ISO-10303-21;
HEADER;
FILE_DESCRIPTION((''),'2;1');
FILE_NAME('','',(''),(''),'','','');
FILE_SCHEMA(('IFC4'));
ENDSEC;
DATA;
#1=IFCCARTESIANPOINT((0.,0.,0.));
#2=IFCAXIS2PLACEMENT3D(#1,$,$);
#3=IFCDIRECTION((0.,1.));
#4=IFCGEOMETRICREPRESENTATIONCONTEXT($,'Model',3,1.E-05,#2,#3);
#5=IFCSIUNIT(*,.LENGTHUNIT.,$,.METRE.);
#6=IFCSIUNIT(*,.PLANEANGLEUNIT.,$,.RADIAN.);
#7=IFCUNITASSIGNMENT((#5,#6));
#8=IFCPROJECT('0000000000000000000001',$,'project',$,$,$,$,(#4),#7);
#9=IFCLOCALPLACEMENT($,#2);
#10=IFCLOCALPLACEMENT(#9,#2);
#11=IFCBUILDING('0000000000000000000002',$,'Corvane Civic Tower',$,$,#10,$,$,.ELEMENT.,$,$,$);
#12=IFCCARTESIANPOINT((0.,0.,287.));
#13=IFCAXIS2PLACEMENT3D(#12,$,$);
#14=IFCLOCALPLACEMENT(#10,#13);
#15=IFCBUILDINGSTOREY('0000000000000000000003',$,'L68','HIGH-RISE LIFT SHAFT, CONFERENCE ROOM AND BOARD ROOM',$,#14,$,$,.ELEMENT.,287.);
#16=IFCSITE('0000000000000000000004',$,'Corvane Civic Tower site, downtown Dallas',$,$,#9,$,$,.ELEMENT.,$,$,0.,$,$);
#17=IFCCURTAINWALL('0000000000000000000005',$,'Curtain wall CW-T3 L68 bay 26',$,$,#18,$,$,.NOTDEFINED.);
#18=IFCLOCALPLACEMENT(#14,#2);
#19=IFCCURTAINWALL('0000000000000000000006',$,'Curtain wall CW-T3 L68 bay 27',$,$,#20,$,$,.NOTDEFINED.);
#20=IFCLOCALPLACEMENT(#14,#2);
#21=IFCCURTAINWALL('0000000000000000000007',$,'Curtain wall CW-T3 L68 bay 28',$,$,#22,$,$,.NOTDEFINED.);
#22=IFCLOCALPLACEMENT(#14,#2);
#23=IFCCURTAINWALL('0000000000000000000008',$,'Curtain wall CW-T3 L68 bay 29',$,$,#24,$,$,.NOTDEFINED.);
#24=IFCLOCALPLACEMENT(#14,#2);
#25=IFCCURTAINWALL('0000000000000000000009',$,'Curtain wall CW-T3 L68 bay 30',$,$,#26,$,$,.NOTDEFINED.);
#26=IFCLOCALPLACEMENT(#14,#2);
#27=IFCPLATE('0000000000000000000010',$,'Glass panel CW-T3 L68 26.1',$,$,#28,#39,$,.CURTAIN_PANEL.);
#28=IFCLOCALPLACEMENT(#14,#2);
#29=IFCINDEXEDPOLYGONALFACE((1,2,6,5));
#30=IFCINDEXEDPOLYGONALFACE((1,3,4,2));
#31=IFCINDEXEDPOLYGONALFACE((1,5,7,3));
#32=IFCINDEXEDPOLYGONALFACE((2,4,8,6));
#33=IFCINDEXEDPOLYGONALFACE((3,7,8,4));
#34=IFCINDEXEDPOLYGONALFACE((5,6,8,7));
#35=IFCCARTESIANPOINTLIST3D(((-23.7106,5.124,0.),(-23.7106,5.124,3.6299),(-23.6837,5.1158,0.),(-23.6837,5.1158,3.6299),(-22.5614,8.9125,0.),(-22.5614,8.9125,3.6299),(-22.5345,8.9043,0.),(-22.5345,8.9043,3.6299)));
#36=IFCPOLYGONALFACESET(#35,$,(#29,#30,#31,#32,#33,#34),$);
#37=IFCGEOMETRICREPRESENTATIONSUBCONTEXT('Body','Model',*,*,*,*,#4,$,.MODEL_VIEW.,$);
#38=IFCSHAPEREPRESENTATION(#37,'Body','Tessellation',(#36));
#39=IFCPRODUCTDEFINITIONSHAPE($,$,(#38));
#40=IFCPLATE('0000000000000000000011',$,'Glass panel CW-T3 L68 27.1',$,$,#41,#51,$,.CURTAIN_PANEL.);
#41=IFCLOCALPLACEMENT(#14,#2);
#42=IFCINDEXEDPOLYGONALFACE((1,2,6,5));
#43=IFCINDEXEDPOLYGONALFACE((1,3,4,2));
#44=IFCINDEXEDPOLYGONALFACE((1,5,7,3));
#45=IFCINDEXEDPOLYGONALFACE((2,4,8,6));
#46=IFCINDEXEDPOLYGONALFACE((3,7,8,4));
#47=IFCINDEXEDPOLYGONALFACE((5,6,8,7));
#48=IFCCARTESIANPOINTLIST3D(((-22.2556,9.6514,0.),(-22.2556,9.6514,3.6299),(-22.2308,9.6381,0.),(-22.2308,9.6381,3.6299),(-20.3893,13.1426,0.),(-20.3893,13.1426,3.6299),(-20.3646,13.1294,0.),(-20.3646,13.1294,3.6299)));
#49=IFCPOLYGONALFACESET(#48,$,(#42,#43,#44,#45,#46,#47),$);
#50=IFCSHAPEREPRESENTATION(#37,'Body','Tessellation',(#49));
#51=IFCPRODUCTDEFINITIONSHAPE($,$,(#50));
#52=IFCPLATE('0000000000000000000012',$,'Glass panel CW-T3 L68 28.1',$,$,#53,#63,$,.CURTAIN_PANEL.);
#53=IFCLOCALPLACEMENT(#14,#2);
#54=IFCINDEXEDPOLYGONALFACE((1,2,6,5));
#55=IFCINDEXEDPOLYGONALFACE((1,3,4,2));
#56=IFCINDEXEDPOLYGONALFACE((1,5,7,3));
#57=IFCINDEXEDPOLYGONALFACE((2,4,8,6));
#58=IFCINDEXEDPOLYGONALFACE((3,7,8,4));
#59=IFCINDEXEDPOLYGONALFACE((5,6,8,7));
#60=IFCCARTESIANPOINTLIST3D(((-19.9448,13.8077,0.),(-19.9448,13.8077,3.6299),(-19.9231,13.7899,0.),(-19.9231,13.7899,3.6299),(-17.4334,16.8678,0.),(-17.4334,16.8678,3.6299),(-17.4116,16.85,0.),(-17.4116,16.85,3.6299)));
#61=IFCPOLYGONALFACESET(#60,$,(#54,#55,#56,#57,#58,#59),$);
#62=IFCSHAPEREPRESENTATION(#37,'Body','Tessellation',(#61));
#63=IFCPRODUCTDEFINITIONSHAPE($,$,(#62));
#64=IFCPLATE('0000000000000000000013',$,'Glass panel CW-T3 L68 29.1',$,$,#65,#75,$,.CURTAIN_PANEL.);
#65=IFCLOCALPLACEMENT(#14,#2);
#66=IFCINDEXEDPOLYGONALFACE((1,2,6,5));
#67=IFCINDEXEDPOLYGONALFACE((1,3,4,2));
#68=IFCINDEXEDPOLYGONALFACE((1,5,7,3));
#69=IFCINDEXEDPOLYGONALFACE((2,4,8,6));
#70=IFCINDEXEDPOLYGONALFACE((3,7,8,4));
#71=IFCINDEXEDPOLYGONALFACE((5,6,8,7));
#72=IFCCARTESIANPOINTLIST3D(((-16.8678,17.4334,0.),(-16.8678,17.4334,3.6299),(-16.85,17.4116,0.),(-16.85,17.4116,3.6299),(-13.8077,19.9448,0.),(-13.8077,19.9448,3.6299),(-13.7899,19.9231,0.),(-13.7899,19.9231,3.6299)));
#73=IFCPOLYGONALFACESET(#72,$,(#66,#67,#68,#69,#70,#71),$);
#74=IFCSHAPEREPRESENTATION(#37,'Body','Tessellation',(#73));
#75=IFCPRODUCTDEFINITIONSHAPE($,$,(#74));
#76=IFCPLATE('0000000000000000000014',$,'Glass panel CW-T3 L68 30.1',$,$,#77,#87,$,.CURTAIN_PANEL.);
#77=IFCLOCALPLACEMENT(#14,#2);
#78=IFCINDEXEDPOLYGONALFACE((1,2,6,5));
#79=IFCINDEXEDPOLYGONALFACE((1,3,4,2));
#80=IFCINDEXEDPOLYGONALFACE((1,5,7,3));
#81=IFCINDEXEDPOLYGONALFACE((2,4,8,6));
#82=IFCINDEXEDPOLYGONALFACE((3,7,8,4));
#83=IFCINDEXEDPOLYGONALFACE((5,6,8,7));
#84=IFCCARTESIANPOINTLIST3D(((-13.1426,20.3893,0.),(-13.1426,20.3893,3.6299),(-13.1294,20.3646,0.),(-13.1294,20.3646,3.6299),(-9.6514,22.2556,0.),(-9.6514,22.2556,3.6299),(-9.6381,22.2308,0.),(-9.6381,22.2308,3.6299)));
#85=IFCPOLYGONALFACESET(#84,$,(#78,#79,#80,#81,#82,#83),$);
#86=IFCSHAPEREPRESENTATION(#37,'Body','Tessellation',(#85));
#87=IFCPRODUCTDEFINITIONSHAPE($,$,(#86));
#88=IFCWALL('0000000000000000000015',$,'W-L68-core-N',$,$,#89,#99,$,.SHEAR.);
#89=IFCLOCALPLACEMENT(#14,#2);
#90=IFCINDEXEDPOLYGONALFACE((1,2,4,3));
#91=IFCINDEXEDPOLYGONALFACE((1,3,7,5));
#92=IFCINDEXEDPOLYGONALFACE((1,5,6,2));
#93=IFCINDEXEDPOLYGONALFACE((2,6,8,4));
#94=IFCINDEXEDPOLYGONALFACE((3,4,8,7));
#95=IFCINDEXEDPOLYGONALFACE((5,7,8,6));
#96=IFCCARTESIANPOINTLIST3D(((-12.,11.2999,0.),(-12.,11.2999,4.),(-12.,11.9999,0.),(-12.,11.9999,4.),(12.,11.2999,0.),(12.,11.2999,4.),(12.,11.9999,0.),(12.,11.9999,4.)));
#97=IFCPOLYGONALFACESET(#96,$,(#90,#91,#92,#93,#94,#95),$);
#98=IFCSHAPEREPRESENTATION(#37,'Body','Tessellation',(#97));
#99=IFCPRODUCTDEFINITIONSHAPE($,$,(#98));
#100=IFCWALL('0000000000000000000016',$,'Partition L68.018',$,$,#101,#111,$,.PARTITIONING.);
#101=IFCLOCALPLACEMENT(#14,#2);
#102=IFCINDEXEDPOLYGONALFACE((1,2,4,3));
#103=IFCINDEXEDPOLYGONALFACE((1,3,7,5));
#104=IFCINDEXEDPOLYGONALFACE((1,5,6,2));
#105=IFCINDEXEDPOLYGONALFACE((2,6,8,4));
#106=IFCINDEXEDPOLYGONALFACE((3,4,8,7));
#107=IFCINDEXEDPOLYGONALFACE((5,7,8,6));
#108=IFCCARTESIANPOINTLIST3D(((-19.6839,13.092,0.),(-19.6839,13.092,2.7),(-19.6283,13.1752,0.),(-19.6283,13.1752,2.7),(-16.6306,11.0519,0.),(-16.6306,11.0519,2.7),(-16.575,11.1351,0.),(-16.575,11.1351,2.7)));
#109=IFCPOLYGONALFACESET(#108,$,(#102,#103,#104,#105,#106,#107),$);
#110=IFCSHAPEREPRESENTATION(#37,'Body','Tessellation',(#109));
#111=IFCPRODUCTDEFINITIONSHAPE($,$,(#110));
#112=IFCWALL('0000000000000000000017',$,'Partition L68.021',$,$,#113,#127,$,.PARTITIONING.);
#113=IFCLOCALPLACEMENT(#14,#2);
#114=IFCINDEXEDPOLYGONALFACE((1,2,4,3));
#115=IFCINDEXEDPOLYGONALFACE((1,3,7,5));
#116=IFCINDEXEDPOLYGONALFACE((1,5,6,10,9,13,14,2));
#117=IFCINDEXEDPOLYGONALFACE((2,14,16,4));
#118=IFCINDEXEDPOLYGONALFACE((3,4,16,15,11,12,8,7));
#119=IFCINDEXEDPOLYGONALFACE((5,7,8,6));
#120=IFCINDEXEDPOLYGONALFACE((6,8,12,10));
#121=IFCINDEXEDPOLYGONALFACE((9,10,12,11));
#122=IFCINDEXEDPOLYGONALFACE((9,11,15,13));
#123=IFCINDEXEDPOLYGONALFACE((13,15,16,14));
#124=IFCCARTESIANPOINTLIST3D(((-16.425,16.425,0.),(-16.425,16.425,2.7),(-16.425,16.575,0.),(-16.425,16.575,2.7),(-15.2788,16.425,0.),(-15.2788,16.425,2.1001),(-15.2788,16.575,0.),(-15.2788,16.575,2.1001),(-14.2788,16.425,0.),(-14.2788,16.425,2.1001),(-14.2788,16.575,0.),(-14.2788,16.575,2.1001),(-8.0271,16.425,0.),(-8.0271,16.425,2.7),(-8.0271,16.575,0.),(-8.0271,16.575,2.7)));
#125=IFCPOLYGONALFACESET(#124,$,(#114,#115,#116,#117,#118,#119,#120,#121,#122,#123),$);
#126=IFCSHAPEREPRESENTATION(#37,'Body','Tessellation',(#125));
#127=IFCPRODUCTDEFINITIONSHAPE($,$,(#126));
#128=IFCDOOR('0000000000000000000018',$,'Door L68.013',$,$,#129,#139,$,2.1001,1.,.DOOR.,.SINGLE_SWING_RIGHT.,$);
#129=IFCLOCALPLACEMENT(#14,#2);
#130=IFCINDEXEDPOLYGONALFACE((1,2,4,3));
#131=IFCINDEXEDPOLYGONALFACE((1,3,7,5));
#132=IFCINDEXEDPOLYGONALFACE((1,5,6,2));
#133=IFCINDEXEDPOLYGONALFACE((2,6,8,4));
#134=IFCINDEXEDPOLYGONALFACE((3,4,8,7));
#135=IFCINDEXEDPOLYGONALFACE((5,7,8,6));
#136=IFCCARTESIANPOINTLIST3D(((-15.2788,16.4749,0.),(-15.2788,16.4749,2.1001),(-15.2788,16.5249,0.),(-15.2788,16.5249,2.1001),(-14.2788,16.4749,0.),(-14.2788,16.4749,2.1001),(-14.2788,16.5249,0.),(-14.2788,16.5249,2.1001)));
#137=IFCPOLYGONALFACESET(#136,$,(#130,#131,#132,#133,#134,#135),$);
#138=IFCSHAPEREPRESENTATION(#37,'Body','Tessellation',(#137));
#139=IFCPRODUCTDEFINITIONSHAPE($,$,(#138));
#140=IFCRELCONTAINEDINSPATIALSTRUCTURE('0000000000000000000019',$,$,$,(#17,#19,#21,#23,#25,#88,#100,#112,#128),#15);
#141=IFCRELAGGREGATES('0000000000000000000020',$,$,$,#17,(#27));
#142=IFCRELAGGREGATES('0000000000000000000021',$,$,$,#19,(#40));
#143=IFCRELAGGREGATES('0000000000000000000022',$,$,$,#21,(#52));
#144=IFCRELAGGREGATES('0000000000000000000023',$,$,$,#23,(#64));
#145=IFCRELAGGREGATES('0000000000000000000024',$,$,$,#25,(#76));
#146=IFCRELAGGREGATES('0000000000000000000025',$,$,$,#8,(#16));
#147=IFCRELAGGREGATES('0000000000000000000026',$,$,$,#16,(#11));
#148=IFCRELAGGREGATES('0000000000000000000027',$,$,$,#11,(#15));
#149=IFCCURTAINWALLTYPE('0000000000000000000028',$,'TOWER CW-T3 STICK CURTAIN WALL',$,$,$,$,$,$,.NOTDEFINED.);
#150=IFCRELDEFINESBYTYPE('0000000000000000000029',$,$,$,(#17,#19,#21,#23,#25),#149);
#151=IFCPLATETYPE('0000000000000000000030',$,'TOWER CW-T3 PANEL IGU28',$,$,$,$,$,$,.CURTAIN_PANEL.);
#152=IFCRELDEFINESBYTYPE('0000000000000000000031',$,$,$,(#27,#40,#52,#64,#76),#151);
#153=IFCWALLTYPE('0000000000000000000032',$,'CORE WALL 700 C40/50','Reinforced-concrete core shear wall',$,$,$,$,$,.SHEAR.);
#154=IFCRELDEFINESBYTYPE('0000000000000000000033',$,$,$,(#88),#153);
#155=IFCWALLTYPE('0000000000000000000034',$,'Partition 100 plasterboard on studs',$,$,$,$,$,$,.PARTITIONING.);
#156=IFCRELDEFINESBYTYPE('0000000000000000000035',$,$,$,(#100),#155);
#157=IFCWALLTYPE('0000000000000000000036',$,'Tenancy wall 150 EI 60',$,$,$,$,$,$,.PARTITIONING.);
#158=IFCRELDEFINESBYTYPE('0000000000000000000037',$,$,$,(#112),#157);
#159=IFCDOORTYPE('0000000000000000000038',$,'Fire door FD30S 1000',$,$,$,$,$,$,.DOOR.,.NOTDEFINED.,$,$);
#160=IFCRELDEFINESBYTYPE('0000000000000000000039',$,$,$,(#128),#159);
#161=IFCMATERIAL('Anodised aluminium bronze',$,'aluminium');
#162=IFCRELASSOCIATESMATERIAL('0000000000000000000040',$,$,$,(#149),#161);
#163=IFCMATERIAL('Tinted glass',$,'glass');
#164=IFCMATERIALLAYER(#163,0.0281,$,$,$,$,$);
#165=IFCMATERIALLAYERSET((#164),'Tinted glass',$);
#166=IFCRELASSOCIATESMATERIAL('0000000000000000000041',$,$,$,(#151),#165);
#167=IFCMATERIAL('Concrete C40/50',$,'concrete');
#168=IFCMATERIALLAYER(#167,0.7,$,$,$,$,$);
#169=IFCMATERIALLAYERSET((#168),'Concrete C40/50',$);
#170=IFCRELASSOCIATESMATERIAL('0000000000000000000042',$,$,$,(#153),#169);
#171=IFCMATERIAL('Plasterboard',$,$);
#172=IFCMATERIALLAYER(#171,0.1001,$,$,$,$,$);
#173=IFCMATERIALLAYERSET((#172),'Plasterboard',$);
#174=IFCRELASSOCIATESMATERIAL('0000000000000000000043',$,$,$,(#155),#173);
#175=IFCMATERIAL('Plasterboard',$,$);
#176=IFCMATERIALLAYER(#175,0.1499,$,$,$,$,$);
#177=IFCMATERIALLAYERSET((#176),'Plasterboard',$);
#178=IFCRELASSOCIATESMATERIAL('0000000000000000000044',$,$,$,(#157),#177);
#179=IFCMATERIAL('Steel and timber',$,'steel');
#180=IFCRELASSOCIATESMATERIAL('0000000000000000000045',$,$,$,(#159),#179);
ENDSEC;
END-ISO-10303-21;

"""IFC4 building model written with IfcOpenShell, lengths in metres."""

from ifc_helpers import new_model, si_unit, direction, frame, frame_2d, origin, origin_2d, place, context, subcontext, project, spatial, rectangle, extrude, material, layer, layer_set, type_object, element, fill, aggregate, save


model = new_model("IFC4")

# Units and contexts
model_context = context("Model", 3, precision=1e-05, world=origin(), true_north=direction((0.0, 1.0)))
body_context = subcontext(model_context, "Body", "Model", "MODEL_VIEW")
ifc_project = project(units=[si_unit("LENGTHUNIT", "METRE"), si_unit("PLANEANGLEUNIT", "RADIAN")], contexts=[model_context])

# Site, building, storey
site_placement = place(None, origin())
site = spatial("IfcSite", under=ifc_project, at=site_placement, Name="Corvane Civic Tower site, downtown Dallas", CompositionType="ELEMENT", RefElevation=0.0)
building_placement = place(site_placement, origin())
building = spatial("IfcBuilding", under=site, at=building_placement, Name="Corvane Civic Tower", CompositionType="ELEMENT")
storey_placement = place(building_placement, frame((0.0, 0.0, 287.0)))
storey = spatial("IfcBuildingStorey", under=building, at=storey_placement, Name="L68", Description="HIGH-RISE LIFT SHAFT, CONFERENCE ROOM AND BOARD ROOM", CompositionType="ELEMENT", Elevation=287.0)

# Curtain walls
ifc_material_1 = material(Name="Anodised aluminium bronze", Category="aluminium")
curtain_wall_type = type_object("IfcCurtainWallType", Name="TOWER CW-T3 STICK CURTAIN WALL", PredefinedType="NOTDEFINED", material=ifc_material_1)
curtain_wall_1_placement = place(storey_placement, origin())
curtain_wall_1 = element("IfcCurtainWall", 1, at=curtain_wall_1_placement, inside=storey, type_object=curtain_wall_type, Name="Curtain wall CW-T3 L68 bay 26", PredefinedType="NOTDEFINED")
curtain_wall_2_placement = place(storey_placement, origin())
curtain_wall_2 = element("IfcCurtainWall", 2, at=curtain_wall_2_placement, inside=storey, type_object=curtain_wall_type, Name="Curtain wall CW-T3 L68 bay 27", PredefinedType="NOTDEFINED")
curtain_wall_3_placement = place(storey_placement, origin())
curtain_wall_3 = element("IfcCurtainWall", 3, at=curtain_wall_3_placement, inside=storey, type_object=curtain_wall_type, Name="Curtain wall CW-T3 L68 bay 28", PredefinedType="NOTDEFINED")
curtain_wall_4_placement = place(storey_placement, origin())
curtain_wall_4 = element("IfcCurtainWall", 4, at=curtain_wall_4_placement, inside=storey, type_object=curtain_wall_type, Name="Curtain wall CW-T3 L68 bay 29", PredefinedType="NOTDEFINED")
curtain_wall_5_placement = place(storey_placement, origin())
curtain_wall_5 = element("IfcCurtainWall", 5, at=curtain_wall_5_placement, inside=storey, type_object=curtain_wall_type, Name="Curtain wall CW-T3 L68 bay 30", PredefinedType="NOTDEFINED")

# Plates
ifc_material_2 = material(Name="Tinted glass", Category="glass")
ifc_layer_1 = layer(ifc_material_2, 0.0281)
ifc_layer_set_1 = layer_set([ifc_layer_1], Name="Tinted glass")
plate_type = type_object("IfcPlateType", Name="TOWER CW-T3 PANEL IGU28", PredefinedType="CURTAIN_PANEL", material=ifc_layer_set_1)
plate_1_placement = place(storey_placement, frame((-23.1226, 7.0142, 0.0), z_axis=(0.0, 0.0, 1.0), x_axis=(0.290274, 0.956944, 0.0)))
plate_1 = element("IfcPlate", 6, at=plate_1_placement, type_object=plate_type, Name="Glass panel CW-T3 L68 26.1", PredefinedType="CURTAIN_PANEL", context=body_context, shape_type="SweptSolid", body=[
    extrude(rectangle(XDim=3.959, YDim=0.0281, at=origin_2d()), origin(), (0.0, 0.0, 1.0), 3.6299),
])
aggregate(curtain_wall_1, [plate_1])
plate_2_placement = place(storey_placement, frame((-21.3101, 11.3904, 0.0), z_axis=(0.0, 0.0, 1.0), x_axis=(0.471421, 0.881908, 0.0)))
plate_2 = element("IfcPlate", 7, at=plate_2_placement, type_object=plate_type, Name="Glass panel CW-T3 L68 27.1", PredefinedType="CURTAIN_PANEL", context=body_context, shape_type="SweptSolid", body=[
    extrude(rectangle(XDim=3.9587, YDim=0.0281, at=origin_2d()), origin(), (0.0, 0.0, 1.0), 3.6299),
])
aggregate(curtain_wall_2, [plate_2])
plate_3_placement = place(storey_placement, frame((-18.6782, 15.3289, 0.0), z_axis=(0.0, 0.0, 1.0), x_axis=(0.634405, 0.773001, 0.0)))
plate_3 = element("IfcPlate", 8, at=plate_3_placement, type_object=plate_type, Name="Glass panel CW-T3 L68 28.1", PredefinedType="CURTAIN_PANEL", context=body_context, shape_type="SweptSolid", body=[
    extrude(rectangle(XDim=3.9587, YDim=0.0281, at=origin_2d()), origin(), (0.0, 0.0, 1.0), 3.6299),
])
aggregate(curtain_wall_3, [plate_3])
plate_4_placement = place(storey_placement, frame((-15.3289, 18.6782, 0.0), z_axis=(0.0, 0.0, 1.0), x_axis=(0.773001, 0.634405, 0.0)))
plate_4 = element("IfcPlate", 9, at=plate_4_placement, type_object=plate_type, Name="Glass panel CW-T3 L68 29.1", PredefinedType="CURTAIN_PANEL", context=body_context, shape_type="SweptSolid", body=[
    extrude(rectangle(XDim=3.9587, YDim=0.0281, at=origin_2d()), origin(), (0.0, 0.0, 1.0), 3.6299),
])
aggregate(curtain_wall_4, [plate_4])
plate_5_placement = place(storey_placement, frame((-11.3904, 21.3101, 0.0), z_axis=(0.0, 0.0, 1.0), x_axis=(0.881908, 0.471421, 0.0)))
plate_5 = element("IfcPlate", 10, at=plate_5_placement, type_object=plate_type, Name="Glass panel CW-T3 L68 30.1", PredefinedType="CURTAIN_PANEL", context=body_context, shape_type="SweptSolid", body=[
    extrude(rectangle(XDim=3.9587, YDim=0.0281, at=origin_2d()), origin(), (0.0, 0.0, 1.0), 3.6299),
])
aggregate(curtain_wall_5, [plate_5])

# Walls
ifc_material_3 = material(Name="Concrete C40/50", Category="concrete")
ifc_layer_2 = layer(ifc_material_3, 0.7)
ifc_layer_set_2 = layer_set([ifc_layer_2], Name="Concrete C40/50")
wall_type_1 = type_object("IfcWallType", Name="CORE WALL 700 C40/50", Description="Reinforced-concrete core shear wall", PredefinedType="SHEAR", material=ifc_layer_set_2)
wall_1_placement = place(storey_placement, frame((-12.0, 11.6499, 0.0), z_axis=(0.0, 0.0, 1.0), x_axis=(1.0, 0.0, 0.0)))
element("IfcWall", 11, at=wall_1_placement, inside=storey, type_object=wall_type_1, Name="W-L68-core-N", PredefinedType="SHEAR", context=body_context, shape_type="SweptSolid", body=[
    extrude(rectangle(XDim=24.0, YDim=0.7, at=frame_2d((12.0, 0.0))), origin(), (0.0, 0.0, 1.0), 4.0),
])
ifc_material_4 = material(Name="Plasterboard")
ifc_layer_3 = layer(ifc_material_4, 0.1001)
ifc_layer_set_3 = layer_set([ifc_layer_3], Name="Plasterboard")
wall_type_2 = type_object("IfcWallType", Name="Partition 100 plasterboard on studs", PredefinedType="PARTITIONING", material=ifc_layer_set_3)
wall_2_placement = place(storey_placement, frame((-19.656, 13.1335, 0.0), z_axis=(0.0, 0.0, 1.0), x_axis=(0.831477, -0.555559, 0.0)))
element("IfcWall", 12, at=wall_2_placement, inside=storey, type_object=wall_type_2, Name="Partition L68.018", PredefinedType="PARTITIONING", context=body_context, shape_type="SweptSolid", body=[
    extrude(rectangle(XDim=3.6721, YDim=0.1001, at=frame_2d((1.8359, 0.0))), origin(), (0.0, 0.0, 1.0), 2.7),
])

# Wall, opening, door
ifc_material_5 = material(Name="Plasterboard")
ifc_layer_4 = layer(ifc_material_5, 0.1499)
ifc_layer_set_4 = layer_set([ifc_layer_4], Name="Plasterboard")
wall_type_3 = type_object("IfcWallType", Name="Tenancy wall 150 EI 60", PredefinedType="PARTITIONING", material=ifc_layer_set_4)
wall_3_placement = place(storey_placement, frame((-16.425, 16.5, 0.0), z_axis=(0.0, 0.0, 1.0), x_axis=(1.0, 0.0, 0.0)))
wall_3 = element("IfcWall", 13, at=wall_3_placement, inside=storey, type_object=wall_type_3, Name="Partition L68.021", PredefinedType="PARTITIONING", context=body_context, shape_type="SweptSolid", body=[
    extrude(rectangle(XDim=8.3979, YDim=0.1499, at=frame_2d((4.199, 0.0))), origin(), (0.0, 0.0, 1.0), 2.7),
])
opening_placement = place(wall_3_placement, frame((1.1462, 0.0, 0.0)))
opening = element("IfcOpeningElement", 14, at=opening_placement, cuts=wall_3, PredefinedType="OPENING", context=body_context, shape_type="SweptSolid", body=[
    extrude(rectangle(XDim=1.0, YDim=2.1001, at=frame_2d((0.5, 1.05))), frame((0.0, 0.085, 0.0), z_axis=(0.0, -1.0, 0.0), x_axis=(1.0, 0.0, 0.0)), (0.0, 0.0, 1.0), 0.1699),
])
ifc_material_6 = material(Name="Steel and timber", Category="steel")
door_type = type_object("IfcDoorType", Name="Fire door FD30S 1000", OperationType="NOTDEFINED", PredefinedType="DOOR", material=ifc_material_6)
door_placement = place(opening_placement, origin())
door = element("IfcDoor", 15, at=door_placement, inside=storey, type_object=door_type, Name="Door L68.013", OperationType="SINGLE_SWING_RIGHT", OverallHeight=2.1001, OverallWidth=1.0, PredefinedType="DOOR", context=body_context, shape_type="SweptSolid", body=[
    extrude(rectangle(XDim=1.0, YDim=2.1001, at=frame_2d((0.5, 1.05))), frame((0.0, 0.0249, 0.0), z_axis=(0.0, -1.0, 0.0), x_axis=(1.0, 0.0, 0.0)), (0.0, 0.0, 1.0), 0.05),
])
fill(opening, door)

save(model, "model.ifc")
